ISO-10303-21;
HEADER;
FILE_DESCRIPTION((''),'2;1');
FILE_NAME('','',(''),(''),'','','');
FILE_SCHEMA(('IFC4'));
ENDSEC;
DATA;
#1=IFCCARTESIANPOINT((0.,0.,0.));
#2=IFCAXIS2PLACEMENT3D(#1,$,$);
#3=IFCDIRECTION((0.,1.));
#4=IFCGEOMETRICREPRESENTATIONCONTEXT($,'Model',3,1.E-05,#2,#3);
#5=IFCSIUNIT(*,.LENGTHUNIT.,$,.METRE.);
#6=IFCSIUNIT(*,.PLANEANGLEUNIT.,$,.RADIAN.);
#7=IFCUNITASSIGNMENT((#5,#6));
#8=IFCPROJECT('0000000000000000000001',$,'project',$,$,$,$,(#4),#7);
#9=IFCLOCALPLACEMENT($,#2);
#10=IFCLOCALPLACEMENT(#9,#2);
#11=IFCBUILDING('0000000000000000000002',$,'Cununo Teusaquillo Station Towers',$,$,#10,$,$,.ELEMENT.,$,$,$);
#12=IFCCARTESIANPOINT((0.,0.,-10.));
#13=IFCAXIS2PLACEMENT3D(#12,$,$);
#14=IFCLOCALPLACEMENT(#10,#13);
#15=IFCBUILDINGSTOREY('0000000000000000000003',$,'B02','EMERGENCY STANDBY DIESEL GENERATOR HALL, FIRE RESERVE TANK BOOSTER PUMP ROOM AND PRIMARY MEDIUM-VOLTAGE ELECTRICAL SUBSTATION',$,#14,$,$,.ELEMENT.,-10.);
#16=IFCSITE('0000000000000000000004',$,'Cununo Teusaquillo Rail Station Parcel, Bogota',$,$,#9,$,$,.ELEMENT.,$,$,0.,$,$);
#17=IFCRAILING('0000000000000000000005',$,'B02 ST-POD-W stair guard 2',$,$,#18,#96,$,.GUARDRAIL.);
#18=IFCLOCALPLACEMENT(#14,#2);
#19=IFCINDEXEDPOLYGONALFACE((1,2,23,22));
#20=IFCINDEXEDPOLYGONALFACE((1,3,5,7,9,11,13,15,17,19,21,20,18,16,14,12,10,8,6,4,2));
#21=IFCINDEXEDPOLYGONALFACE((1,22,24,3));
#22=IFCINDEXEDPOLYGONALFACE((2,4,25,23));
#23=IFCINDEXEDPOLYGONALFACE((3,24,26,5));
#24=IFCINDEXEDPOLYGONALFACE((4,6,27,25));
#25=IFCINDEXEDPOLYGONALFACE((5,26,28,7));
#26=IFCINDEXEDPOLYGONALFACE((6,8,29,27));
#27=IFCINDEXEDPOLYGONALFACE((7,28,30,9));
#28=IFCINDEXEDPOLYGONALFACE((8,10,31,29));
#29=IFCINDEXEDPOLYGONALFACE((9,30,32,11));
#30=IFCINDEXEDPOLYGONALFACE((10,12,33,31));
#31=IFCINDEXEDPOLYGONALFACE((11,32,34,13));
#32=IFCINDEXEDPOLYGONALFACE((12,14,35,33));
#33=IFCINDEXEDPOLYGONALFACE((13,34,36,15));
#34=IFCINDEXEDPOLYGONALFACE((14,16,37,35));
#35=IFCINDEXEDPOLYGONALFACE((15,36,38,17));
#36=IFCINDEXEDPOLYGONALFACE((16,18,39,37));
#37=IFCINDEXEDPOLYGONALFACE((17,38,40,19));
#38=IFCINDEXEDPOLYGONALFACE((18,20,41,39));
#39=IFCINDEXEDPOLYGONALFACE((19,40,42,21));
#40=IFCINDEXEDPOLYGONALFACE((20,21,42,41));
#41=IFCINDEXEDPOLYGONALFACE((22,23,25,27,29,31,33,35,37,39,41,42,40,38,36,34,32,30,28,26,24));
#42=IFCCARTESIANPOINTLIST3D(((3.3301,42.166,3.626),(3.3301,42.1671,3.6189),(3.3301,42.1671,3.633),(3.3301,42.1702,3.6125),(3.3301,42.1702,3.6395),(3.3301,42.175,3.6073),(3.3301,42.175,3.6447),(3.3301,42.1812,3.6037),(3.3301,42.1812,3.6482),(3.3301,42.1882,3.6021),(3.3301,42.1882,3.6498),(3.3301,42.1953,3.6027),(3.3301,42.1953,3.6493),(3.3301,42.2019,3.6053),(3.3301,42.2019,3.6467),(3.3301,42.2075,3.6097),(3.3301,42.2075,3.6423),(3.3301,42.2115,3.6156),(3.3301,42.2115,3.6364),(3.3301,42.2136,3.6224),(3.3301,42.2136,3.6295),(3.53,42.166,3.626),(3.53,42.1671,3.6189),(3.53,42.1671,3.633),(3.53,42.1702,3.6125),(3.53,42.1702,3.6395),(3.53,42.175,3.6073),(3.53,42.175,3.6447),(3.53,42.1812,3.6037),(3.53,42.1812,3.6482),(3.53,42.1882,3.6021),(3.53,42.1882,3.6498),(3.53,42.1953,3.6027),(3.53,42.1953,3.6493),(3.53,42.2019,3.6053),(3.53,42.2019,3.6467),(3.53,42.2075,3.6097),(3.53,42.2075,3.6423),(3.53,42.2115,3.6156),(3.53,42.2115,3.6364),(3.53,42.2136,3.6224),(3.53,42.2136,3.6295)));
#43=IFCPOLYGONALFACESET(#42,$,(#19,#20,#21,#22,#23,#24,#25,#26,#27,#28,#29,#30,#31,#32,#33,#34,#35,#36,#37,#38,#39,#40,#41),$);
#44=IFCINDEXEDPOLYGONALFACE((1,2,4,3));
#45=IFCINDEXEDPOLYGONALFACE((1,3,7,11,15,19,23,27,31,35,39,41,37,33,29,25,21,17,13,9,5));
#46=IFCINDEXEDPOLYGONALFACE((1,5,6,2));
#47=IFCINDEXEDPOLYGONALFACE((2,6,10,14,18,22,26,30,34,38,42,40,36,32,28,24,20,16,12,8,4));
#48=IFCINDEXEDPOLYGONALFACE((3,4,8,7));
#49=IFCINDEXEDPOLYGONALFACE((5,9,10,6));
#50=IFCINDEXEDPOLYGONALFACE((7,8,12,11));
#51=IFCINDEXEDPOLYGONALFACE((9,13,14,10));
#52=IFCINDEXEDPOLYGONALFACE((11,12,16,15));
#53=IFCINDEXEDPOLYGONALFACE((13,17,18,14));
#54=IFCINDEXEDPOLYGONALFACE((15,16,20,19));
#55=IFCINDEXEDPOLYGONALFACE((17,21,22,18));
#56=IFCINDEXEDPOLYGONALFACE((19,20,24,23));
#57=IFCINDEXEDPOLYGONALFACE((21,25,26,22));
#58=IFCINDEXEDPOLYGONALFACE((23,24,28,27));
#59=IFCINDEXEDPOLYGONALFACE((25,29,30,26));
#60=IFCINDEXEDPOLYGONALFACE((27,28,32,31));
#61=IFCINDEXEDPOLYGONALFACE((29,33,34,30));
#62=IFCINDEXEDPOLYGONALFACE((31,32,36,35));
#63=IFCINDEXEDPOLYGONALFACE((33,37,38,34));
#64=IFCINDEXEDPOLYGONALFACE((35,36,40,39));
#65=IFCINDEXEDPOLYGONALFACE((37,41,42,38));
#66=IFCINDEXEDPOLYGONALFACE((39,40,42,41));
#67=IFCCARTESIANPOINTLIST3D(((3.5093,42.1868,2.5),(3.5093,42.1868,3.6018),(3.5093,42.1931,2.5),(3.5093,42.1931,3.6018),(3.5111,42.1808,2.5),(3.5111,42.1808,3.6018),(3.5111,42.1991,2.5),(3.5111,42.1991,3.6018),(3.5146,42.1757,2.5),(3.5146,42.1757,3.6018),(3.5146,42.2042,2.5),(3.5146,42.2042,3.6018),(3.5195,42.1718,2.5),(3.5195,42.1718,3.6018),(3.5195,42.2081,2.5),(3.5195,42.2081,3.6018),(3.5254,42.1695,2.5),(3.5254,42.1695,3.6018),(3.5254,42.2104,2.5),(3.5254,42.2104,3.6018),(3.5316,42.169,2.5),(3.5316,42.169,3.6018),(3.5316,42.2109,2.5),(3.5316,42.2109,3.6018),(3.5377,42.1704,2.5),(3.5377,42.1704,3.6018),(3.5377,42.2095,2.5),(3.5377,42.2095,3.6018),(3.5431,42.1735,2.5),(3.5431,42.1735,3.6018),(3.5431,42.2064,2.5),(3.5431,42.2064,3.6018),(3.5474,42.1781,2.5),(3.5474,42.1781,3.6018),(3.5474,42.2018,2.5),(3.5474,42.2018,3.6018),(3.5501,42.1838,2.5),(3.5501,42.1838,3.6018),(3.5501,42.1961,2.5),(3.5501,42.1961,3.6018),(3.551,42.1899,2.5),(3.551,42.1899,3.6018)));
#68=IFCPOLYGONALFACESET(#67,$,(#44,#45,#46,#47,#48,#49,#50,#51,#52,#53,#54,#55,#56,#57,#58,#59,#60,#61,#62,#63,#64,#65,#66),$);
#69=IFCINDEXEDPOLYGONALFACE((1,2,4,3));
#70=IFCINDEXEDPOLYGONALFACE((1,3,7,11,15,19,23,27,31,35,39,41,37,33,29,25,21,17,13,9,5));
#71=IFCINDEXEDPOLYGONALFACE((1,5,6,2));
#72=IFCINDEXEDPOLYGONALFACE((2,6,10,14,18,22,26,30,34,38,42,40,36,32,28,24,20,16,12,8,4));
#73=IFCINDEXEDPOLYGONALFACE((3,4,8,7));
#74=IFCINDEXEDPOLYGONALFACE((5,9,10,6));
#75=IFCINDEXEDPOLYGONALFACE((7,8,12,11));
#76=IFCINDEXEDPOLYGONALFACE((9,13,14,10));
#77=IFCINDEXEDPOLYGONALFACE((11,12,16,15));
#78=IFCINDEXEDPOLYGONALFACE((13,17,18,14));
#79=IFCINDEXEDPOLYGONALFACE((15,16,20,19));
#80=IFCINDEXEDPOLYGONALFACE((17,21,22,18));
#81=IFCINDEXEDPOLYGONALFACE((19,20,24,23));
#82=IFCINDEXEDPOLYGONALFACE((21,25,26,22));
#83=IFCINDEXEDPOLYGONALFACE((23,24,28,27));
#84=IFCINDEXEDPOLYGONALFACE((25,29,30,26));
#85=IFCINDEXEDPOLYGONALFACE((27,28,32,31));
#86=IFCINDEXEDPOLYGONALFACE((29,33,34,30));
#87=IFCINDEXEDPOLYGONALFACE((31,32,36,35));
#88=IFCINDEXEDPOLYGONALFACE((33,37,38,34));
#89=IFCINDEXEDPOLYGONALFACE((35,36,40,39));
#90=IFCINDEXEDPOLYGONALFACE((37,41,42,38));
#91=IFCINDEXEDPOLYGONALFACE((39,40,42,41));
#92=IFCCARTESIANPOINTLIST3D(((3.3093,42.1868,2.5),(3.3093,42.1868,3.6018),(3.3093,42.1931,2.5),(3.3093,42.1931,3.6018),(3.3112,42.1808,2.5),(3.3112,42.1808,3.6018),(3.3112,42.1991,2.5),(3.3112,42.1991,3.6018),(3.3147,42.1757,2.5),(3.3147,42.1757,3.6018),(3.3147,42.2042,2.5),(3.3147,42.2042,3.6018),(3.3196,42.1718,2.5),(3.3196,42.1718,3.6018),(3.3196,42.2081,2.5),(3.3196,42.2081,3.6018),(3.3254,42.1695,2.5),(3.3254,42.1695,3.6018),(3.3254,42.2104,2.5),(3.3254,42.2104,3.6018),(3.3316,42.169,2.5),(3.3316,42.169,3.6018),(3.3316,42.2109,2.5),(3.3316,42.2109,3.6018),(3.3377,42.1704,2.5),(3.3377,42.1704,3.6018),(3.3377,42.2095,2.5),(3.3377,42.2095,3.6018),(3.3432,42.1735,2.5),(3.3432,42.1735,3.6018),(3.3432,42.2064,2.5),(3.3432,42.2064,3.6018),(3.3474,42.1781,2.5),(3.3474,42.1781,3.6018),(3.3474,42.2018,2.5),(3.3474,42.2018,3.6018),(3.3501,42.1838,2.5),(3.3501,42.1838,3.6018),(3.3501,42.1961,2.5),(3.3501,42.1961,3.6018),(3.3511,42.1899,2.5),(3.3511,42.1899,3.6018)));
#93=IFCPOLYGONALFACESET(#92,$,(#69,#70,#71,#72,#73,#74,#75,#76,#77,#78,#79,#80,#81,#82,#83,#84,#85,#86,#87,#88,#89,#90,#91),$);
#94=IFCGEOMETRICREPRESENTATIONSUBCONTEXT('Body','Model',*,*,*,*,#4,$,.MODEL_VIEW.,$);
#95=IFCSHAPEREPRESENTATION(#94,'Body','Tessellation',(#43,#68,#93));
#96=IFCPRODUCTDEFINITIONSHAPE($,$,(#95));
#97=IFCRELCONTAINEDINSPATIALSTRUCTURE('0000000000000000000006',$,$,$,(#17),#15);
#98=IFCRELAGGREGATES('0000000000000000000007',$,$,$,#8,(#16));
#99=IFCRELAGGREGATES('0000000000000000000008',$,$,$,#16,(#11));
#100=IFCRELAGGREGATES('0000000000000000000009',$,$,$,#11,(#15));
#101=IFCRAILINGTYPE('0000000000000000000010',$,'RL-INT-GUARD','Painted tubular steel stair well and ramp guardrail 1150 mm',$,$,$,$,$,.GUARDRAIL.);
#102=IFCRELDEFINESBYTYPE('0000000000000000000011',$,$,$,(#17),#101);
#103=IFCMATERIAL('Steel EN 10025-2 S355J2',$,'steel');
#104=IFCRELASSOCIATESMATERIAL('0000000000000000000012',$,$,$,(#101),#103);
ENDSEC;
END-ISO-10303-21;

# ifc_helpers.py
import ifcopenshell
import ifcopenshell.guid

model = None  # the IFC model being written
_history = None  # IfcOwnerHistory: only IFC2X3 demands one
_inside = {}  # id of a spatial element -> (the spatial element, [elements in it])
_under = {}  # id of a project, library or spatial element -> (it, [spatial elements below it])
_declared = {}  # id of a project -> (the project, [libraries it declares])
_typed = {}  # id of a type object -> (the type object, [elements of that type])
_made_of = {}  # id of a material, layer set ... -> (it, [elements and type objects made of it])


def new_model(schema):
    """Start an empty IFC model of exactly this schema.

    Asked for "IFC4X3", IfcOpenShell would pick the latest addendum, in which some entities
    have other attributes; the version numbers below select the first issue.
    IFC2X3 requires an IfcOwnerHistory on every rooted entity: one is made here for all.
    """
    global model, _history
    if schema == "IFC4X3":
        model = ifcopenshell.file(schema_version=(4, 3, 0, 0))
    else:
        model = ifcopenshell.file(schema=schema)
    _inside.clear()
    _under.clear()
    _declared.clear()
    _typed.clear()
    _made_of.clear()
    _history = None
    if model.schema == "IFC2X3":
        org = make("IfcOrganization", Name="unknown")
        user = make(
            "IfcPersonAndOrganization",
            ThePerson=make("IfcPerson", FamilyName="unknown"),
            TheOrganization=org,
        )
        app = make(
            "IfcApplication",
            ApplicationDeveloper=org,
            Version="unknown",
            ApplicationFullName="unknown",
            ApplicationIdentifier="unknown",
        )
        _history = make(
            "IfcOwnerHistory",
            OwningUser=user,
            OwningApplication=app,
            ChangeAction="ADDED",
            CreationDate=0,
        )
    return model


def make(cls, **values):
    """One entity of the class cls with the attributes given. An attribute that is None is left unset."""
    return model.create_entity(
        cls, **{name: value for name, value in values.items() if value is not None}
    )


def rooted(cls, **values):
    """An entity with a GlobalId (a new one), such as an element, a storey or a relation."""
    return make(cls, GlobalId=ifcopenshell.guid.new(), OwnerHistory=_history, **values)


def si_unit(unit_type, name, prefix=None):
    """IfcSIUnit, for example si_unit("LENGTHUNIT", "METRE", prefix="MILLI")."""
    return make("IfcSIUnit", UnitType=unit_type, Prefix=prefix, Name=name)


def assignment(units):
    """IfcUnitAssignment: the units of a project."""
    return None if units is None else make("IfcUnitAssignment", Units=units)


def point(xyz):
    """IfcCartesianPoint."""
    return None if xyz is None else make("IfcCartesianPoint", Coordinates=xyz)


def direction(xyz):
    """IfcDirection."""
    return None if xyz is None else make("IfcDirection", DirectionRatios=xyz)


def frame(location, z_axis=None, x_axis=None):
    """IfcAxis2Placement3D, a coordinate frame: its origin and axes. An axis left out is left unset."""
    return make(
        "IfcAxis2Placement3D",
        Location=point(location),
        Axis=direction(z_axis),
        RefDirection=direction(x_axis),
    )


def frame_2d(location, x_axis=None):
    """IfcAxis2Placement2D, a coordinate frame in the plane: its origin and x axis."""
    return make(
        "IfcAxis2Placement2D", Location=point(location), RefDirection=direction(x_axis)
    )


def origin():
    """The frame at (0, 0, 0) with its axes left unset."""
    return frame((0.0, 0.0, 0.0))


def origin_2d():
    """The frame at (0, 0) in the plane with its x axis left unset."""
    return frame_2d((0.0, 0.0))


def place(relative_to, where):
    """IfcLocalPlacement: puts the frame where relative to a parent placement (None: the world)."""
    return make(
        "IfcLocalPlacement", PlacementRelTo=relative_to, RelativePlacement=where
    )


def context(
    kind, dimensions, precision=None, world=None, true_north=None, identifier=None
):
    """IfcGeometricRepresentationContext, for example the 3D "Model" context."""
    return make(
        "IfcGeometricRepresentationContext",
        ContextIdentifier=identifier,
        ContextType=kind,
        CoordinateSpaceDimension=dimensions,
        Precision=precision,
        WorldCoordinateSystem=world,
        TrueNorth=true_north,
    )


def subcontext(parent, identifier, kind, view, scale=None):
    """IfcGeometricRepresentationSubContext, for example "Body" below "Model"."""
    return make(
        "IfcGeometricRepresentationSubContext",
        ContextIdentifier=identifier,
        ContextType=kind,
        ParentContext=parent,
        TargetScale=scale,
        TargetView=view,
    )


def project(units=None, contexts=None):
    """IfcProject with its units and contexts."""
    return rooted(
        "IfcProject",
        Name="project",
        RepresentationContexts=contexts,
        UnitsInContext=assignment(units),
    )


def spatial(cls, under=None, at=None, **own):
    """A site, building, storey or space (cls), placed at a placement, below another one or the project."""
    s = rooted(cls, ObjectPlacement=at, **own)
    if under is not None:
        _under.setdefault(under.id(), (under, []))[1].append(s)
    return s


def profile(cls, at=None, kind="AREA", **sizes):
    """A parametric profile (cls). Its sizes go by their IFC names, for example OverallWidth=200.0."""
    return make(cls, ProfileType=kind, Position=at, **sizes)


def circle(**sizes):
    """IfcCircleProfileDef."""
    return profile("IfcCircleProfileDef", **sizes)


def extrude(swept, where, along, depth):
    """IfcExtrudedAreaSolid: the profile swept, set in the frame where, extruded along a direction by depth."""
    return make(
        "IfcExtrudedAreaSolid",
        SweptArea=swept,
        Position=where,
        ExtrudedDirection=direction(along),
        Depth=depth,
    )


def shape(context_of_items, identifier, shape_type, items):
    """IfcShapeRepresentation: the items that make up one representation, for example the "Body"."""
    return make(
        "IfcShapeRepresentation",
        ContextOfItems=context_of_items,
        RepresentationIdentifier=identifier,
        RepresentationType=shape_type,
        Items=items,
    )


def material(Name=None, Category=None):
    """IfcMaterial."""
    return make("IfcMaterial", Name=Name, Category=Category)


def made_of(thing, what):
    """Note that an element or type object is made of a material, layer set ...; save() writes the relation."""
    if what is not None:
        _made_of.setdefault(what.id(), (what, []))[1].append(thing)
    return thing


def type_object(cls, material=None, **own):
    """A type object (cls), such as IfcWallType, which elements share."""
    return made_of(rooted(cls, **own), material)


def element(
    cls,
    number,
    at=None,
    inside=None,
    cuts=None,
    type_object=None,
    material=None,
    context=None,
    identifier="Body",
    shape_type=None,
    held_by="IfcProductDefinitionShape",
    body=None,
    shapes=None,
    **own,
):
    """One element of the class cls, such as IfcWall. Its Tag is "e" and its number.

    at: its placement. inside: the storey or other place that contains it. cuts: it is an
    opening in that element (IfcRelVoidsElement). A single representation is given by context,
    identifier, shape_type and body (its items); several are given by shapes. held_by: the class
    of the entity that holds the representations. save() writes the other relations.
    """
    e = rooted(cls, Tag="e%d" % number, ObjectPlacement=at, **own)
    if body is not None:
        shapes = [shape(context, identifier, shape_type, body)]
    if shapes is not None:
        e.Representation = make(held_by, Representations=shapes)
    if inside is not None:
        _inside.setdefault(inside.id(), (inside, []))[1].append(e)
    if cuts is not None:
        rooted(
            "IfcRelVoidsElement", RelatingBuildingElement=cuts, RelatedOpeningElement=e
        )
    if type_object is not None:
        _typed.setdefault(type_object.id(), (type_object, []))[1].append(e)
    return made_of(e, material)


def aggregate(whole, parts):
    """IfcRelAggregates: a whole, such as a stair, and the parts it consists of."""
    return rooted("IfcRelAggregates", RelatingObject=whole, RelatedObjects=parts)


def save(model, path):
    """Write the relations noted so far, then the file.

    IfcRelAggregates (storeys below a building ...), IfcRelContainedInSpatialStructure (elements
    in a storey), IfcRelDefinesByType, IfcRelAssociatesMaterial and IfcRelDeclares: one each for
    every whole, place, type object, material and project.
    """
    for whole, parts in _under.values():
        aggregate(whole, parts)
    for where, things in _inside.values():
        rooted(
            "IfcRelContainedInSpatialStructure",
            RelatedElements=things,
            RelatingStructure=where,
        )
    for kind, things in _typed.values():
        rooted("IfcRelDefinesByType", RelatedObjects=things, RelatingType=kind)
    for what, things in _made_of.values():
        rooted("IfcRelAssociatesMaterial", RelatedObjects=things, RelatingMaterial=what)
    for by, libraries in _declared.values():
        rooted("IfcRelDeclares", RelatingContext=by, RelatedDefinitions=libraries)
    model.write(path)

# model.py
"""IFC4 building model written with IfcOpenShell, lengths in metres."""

from ifc_helpers import new_model, si_unit, direction, frame, origin, origin_2d, place, context, subcontext, project, spatial, circle, extrude, material, type_object, element, save


model = new_model("IFC4")

# Units and contexts
model_context = context("Model", 3, precision=1e-05, world=origin(), true_north=direction((0.0, 1.0)))
body_context = subcontext(model_context, "Body", "Model", "MODEL_VIEW")
ifc_project = project(units=[si_unit("LENGTHUNIT", "METRE"), si_unit("PLANEANGLEUNIT", "RADIAN")], contexts=[model_context])

# Site, building, storey
site_placement = place(None, origin())
site = spatial("IfcSite", under=ifc_project, at=site_placement, Name="Cununo Teusaquillo Rail Station Parcel, Bogota", CompositionType="ELEMENT", RefElevation=0.0)
building_placement = place(site_placement, origin())
building = spatial("IfcBuilding", under=site, at=building_placement, Name="Cununo Teusaquillo Station Towers", CompositionType="ELEMENT")
storey_placement = place(building_placement, frame((0.0, 0.0, -10.0)))
storey = spatial("IfcBuildingStorey", under=building, at=storey_placement, Name="B02", Description="EMERGENCY STANDBY DIESEL GENERATOR HALL, FIRE RESERVE TANK BOOSTER PUMP ROOM AND PRIMARY MEDIUM-VOLTAGE ELECTRICAL SUBSTATION", CompositionType="ELEMENT", Elevation=-10.0)

# Railing
ifc_material_1 = material(Name="Steel EN 10025-2 S355J2", Category="steel")
railing_type_1 = type_object("IfcRailingType", Name="RL-INT-GUARD", Description="Painted tubular steel stair well and ramp guardrail 1150 mm", PredefinedType="GUARDRAIL", material=ifc_material_1)
railing_1_placement = place(storey_placement, frame((3.53, 42.1899, 2.5)))
element("IfcRailing", 1, at=railing_1_placement, inside=storey, type_object=railing_type_1, Name="B02 ST-POD-W stair guard 2", PredefinedType="GUARDRAIL", context=body_context, shape_type="SweptSolid", body=[
    extrude(circle(Radius=0.0239, at=origin_2d()), frame((0.0, 0.0, 1.126), z_axis=(-1.0, 0.0, 0.0), x_axis=(0.0, -1.0, 0.0)), (0.0, 0.0, 1.0), 0.2),
    extrude(circle(Radius=0.021, at=origin_2d()), origin(), (0.0, 0.0, 1.0), 1.1018),
    extrude(circle(Radius=0.021, at=origin_2d()), frame((-0.2, 0.0, 0.0)), (0.0, 0.0, 1.0), 1.1018),
])

save(model, "model.ifc")
